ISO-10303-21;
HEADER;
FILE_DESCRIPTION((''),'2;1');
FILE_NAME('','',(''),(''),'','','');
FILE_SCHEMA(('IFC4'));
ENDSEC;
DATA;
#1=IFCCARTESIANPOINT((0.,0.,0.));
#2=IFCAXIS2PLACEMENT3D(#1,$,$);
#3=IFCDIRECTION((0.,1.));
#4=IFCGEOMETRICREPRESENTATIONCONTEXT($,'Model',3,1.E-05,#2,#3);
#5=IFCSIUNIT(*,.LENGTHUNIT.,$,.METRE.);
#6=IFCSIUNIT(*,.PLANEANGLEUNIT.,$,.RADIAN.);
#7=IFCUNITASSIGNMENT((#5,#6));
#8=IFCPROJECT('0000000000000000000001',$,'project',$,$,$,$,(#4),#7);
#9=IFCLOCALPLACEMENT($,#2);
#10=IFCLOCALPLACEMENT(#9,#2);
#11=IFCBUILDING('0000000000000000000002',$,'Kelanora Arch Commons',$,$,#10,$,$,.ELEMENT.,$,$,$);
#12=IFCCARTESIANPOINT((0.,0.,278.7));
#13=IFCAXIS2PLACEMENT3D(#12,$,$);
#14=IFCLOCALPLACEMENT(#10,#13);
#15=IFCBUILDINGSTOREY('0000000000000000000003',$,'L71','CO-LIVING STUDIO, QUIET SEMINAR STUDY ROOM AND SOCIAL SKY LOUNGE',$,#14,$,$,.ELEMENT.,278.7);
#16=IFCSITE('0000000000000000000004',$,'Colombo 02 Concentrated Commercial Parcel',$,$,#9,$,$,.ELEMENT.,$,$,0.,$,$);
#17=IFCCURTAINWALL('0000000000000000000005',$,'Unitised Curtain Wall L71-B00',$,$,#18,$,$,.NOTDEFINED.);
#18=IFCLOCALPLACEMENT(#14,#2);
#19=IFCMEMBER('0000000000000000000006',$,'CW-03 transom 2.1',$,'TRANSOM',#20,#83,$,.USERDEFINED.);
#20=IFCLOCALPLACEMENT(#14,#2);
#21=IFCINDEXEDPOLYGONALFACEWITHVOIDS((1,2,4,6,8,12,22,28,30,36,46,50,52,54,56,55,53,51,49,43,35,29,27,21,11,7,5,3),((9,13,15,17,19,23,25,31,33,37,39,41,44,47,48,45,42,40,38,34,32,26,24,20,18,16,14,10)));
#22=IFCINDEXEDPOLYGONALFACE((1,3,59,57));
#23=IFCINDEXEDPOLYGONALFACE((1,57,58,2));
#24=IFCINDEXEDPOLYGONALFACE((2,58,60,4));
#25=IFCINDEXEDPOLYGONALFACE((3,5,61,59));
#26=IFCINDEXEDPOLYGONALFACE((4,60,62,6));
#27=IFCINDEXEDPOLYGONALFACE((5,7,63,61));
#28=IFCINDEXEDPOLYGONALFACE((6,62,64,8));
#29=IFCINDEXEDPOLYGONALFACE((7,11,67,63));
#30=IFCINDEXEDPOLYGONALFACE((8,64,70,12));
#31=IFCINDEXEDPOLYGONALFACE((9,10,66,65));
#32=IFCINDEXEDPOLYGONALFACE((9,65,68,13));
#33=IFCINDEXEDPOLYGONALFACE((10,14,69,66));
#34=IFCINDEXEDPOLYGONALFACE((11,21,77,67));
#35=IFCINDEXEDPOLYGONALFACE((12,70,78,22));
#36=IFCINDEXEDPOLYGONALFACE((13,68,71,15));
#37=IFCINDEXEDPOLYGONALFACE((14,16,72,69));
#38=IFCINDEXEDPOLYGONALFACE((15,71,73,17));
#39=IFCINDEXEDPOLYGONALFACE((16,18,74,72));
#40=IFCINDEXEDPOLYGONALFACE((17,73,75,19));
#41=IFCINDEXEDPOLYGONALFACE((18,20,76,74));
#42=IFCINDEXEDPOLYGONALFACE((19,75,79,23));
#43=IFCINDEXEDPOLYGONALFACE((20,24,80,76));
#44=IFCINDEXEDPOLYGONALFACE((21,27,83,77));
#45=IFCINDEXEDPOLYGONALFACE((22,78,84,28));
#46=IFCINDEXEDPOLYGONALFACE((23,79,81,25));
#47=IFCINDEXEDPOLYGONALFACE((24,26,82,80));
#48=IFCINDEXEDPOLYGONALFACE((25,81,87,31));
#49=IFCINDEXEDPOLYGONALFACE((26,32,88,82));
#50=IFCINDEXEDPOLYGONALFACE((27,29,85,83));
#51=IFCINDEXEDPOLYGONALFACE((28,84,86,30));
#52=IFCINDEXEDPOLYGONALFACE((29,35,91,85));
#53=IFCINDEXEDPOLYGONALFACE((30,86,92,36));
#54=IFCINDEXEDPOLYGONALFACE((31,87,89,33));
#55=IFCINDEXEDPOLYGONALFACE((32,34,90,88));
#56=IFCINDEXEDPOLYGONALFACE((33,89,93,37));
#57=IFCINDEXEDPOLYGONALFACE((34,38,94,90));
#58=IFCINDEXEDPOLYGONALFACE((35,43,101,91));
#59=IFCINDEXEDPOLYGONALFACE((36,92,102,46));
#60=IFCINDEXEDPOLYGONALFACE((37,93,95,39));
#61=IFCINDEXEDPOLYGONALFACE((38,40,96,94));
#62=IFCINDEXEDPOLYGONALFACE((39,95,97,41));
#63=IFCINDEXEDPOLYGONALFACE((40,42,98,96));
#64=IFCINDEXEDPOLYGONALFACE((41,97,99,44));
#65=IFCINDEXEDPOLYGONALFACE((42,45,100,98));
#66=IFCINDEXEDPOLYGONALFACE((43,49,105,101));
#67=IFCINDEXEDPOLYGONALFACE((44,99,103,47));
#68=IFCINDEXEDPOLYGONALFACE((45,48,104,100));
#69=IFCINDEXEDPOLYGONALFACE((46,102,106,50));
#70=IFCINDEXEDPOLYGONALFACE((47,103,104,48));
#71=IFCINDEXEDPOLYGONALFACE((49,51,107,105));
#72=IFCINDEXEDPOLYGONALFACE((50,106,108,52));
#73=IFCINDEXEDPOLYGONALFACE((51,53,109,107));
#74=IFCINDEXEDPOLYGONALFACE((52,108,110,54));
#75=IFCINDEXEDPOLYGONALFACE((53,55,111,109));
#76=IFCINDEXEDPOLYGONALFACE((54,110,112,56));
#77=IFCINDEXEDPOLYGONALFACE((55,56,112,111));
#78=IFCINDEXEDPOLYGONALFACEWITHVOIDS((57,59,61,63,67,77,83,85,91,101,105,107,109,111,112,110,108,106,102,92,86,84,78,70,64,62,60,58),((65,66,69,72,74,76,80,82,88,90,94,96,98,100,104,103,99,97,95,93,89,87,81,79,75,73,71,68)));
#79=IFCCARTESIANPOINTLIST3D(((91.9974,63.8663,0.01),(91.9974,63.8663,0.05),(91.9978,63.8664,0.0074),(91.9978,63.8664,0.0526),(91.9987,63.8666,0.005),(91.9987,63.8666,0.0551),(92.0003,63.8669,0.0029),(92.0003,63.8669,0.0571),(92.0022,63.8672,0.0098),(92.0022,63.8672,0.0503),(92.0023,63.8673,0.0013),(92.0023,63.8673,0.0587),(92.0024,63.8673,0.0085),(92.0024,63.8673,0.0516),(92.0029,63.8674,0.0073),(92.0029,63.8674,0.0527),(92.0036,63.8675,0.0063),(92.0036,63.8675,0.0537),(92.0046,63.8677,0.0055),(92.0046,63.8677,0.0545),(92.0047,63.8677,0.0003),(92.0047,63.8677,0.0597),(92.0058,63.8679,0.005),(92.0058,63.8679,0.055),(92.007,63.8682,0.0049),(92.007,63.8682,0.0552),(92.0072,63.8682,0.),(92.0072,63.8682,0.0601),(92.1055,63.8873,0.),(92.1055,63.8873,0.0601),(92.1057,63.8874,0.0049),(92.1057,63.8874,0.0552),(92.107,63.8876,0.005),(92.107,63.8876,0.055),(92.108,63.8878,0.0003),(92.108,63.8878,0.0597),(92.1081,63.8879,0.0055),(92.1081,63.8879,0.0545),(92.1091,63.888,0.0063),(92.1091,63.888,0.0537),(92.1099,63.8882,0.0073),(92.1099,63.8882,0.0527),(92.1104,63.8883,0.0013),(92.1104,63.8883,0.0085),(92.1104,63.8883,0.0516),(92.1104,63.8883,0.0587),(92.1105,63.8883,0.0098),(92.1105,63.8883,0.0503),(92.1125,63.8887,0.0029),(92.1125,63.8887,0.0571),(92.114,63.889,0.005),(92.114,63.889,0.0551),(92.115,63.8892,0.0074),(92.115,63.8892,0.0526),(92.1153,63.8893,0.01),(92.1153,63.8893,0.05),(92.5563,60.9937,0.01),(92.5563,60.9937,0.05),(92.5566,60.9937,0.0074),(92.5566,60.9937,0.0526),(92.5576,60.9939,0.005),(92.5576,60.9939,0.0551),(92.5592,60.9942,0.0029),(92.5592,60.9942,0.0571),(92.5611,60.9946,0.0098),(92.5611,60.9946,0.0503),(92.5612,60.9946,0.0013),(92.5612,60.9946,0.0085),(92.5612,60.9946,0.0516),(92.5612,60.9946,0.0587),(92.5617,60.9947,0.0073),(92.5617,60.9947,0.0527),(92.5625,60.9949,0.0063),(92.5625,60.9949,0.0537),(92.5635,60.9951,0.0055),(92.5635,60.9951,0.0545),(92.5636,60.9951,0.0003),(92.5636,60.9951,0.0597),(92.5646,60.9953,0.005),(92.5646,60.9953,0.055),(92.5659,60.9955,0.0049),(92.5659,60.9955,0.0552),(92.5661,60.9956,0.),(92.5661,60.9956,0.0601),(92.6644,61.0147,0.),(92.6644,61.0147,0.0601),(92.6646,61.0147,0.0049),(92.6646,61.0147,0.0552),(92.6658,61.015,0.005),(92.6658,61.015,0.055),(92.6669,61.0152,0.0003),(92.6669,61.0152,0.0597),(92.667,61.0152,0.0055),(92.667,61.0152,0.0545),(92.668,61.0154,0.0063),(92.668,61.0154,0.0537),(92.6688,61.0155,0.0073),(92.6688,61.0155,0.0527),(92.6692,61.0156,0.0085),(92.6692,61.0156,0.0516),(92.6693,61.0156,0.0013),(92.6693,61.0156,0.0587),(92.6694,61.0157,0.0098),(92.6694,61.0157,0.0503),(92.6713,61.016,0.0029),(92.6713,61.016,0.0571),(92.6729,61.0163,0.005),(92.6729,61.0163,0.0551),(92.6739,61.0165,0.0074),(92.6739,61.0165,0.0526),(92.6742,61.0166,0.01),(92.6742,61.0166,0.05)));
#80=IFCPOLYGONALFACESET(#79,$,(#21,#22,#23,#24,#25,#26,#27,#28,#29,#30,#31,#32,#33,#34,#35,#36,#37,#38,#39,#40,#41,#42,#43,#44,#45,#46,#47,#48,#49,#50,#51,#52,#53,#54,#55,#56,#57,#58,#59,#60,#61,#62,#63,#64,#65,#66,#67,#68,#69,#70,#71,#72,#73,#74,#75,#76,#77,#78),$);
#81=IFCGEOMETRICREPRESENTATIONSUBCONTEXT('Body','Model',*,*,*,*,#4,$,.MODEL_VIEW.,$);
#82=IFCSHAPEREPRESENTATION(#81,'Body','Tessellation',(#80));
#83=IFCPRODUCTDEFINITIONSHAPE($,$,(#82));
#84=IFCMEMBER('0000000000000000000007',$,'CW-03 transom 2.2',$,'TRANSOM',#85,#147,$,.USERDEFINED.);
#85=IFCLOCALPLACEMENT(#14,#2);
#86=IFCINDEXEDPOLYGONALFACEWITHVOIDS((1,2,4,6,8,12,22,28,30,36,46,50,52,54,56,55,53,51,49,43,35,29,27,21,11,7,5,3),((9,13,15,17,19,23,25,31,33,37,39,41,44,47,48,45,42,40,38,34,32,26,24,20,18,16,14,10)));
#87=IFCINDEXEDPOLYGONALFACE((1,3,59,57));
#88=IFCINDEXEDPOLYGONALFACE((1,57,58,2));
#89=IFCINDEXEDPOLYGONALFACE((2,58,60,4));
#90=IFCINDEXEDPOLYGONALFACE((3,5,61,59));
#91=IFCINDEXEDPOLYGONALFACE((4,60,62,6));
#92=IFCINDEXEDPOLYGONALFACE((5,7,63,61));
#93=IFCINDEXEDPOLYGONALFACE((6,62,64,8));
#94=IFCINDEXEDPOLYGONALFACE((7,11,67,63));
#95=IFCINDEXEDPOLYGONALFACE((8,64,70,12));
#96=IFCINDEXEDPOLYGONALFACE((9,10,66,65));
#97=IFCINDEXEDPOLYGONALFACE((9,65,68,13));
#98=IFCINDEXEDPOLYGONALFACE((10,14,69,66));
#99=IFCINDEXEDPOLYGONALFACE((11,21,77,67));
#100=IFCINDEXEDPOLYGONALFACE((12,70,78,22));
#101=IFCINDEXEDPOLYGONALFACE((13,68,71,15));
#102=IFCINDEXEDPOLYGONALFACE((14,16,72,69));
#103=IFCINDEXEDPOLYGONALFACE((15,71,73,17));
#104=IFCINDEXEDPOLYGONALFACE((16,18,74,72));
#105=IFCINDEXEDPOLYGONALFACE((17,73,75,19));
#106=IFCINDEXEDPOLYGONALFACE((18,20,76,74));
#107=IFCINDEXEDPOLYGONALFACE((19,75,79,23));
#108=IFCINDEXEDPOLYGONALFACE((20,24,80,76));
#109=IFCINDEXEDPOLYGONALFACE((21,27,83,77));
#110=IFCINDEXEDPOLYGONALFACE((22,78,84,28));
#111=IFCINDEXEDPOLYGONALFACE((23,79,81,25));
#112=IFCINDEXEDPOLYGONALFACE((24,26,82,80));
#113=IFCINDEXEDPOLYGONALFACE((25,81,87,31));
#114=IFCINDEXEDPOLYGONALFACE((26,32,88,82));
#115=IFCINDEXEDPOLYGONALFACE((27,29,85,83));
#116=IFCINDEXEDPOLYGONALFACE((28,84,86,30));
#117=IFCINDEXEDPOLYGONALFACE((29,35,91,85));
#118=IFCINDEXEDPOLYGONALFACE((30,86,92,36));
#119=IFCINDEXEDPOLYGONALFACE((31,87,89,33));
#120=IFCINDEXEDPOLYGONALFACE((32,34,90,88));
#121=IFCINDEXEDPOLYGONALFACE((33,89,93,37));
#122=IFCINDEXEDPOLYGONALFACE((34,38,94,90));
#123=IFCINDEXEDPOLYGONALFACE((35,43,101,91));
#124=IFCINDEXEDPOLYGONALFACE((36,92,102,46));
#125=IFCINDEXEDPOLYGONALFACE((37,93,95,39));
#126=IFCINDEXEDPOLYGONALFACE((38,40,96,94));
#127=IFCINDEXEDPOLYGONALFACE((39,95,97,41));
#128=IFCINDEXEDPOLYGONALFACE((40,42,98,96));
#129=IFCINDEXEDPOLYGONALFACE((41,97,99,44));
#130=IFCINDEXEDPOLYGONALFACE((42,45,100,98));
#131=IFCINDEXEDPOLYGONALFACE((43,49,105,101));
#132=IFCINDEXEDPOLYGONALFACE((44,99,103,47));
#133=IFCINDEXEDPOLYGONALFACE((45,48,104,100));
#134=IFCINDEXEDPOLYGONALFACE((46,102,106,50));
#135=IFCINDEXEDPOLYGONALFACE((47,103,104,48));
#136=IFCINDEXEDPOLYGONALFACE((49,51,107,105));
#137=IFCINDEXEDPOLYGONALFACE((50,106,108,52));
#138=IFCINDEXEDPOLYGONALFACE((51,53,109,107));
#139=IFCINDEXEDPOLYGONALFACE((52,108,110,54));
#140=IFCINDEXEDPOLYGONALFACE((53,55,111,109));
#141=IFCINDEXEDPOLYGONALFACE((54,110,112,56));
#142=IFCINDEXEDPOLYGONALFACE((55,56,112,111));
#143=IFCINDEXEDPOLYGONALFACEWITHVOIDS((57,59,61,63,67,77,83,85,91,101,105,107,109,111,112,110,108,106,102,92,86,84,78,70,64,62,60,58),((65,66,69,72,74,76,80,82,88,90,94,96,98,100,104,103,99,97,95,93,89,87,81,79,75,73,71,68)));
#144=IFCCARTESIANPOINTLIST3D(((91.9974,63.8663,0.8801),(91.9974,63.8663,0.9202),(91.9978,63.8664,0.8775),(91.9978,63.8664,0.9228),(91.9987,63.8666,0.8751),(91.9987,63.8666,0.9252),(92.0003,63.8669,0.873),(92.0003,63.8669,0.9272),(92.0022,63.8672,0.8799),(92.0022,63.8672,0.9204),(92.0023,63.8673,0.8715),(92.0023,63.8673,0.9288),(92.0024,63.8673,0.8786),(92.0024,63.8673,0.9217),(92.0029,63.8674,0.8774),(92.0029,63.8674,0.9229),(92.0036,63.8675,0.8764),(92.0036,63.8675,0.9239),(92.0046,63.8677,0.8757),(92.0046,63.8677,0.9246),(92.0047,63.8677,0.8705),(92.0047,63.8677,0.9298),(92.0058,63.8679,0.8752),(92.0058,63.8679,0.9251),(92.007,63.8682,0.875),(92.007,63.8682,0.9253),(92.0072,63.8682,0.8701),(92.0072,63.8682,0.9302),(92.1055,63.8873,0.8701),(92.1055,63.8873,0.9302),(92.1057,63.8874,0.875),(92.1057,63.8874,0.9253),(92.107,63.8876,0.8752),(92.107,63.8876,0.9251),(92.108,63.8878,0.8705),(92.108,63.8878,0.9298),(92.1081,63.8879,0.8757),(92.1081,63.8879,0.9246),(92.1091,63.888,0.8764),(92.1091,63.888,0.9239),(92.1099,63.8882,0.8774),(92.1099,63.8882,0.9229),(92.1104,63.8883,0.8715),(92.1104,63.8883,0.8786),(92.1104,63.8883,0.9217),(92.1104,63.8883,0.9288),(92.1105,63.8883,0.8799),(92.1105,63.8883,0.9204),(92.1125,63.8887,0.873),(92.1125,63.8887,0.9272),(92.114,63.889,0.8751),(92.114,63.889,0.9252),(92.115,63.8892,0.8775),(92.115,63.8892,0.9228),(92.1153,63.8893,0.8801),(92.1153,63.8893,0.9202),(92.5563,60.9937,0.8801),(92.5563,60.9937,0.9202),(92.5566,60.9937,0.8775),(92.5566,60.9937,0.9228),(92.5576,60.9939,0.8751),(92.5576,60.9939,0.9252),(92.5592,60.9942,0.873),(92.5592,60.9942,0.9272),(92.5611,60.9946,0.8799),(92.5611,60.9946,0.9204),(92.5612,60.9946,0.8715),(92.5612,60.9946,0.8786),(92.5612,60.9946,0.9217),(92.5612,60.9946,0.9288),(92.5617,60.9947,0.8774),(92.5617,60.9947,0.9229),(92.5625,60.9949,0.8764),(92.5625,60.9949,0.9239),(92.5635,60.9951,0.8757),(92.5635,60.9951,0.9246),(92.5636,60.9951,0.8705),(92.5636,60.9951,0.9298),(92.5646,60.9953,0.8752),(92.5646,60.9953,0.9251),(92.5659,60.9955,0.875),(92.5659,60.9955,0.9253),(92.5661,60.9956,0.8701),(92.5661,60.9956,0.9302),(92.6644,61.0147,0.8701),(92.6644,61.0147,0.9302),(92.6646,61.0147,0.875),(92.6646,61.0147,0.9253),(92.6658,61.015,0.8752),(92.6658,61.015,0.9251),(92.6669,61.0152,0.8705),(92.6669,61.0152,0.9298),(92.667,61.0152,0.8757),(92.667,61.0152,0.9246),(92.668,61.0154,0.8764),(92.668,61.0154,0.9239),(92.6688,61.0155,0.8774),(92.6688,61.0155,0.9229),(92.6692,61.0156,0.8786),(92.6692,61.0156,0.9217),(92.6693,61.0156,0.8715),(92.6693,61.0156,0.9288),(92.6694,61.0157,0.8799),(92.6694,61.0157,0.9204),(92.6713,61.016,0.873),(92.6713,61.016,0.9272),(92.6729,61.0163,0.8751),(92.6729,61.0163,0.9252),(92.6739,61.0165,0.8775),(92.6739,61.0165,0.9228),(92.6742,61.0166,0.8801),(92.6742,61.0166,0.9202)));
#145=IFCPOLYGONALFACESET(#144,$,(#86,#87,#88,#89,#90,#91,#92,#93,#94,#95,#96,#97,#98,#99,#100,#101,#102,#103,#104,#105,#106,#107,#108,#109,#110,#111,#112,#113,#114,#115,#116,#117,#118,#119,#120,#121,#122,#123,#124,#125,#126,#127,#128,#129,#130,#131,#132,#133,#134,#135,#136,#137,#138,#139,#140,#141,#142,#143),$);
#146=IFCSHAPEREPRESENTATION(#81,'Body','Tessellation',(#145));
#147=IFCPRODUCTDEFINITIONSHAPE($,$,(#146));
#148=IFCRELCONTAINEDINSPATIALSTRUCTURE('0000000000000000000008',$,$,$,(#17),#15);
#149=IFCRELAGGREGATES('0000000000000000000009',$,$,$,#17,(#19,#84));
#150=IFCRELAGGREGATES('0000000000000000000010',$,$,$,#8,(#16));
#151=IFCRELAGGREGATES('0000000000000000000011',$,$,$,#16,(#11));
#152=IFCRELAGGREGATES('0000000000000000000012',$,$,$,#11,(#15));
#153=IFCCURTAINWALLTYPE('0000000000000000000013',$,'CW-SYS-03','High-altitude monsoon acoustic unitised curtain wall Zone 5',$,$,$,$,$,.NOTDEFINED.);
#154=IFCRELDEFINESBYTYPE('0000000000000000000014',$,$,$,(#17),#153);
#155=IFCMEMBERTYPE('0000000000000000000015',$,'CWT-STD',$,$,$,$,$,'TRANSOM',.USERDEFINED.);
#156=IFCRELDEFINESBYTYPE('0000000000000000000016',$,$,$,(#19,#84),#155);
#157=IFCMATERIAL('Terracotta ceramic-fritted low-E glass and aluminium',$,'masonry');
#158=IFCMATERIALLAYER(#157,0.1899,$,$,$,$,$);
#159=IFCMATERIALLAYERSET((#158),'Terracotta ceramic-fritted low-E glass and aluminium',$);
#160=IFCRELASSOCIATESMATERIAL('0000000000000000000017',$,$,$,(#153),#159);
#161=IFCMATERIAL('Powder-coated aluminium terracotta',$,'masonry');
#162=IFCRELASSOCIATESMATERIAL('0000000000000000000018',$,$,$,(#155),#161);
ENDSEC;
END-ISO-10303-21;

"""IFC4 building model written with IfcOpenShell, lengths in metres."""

from ifc_helpers import new_model, si_unit, direction, frame, origin, origin_2d, place, context, subcontext, project, spatial, hollow_rectangle, extrude, material, layer, layer_set, material_profile, profile_set, type_object, element, aggregate, save


model = new_model("IFC4")

# Units and contexts
model_context = context("Model", 3, precision=1e-05, world=origin(), true_north=direction((0.0, 1.0)))
body_context = subcontext(model_context, "Body", "Model", "MODEL_VIEW")
ifc_project = project(units=[si_unit("LENGTHUNIT", "METRE"), si_unit("PLANEANGLEUNIT", "RADIAN")], contexts=[model_context])

# Site, building, storey
site_placement = place(None, origin())
site = spatial("IfcSite", under=ifc_project, at=site_placement, Name="Colombo 02 Concentrated Commercial Parcel", CompositionType="ELEMENT", RefElevation=0.0)
building_placement = place(site_placement, origin())
building = spatial("IfcBuilding", under=site, at=building_placement, Name="Kelanora Arch Commons", CompositionType="ELEMENT")
storey_placement = place(building_placement, frame((0.0, 0.0, 278.7)))
storey = spatial("IfcBuildingStorey", under=building, at=storey_placement, Name="L71", Description="CO-LIVING STUDIO, QUIET SEMINAR STUDY ROOM AND SOCIAL SKY LOUNGE", CompositionType="ELEMENT", Elevation=278.7)

# Curtain wall, members
ifc_material_1 = material(Name="Terracotta ceramic-fritted low-E glass and aluminium", Category="masonry")
ifc_layer_1 = layer(ifc_material_1, 0.1899)
ifc_layer_set_1 = layer_set([ifc_layer_1], Name="Terracotta ceramic-fritted low-E glass and aluminium")
curtain_wall_type = type_object("IfcCurtainWallType", Name="CW-SYS-03", Description="High-altitude monsoon acoustic unitised curtain wall Zone 5", PredefinedType="NOTDEFINED", material=ifc_layer_set_1)
curtain_wall_placement = place(storey_placement, origin())
curtain_wall = element("IfcCurtainWall", 1, at=curtain_wall_placement, inside=storey, type_object=curtain_wall_type, Name="Unitised Curtain Wall L71-B00", PredefinedType="NOTDEFINED")
ifc_material_2 = material(Name="Powder-coated aluminium terracotta", Category="masonry")
ifc_material_profile_1 = material_profile(ifc_material_2, hollow_rectangle(XDim=0.1201, YDim=0.0601, WallThickness=0.0049, InnerFilletRadius=0.0049, OuterFilletRadius=0.01, at=origin_2d()), Name="CWT120x60")
ifc_profile_set_1 = profile_set([ifc_material_profile_1], Name="Powder-coated aluminium terracotta")
member_type_1 = type_object("IfcMemberType", Name="CWT-STD", ElementType="TRANSOM", PredefinedType="USERDEFINED", material=ifc_profile_set_1)
member_1_placement = place(storey_placement, frame((92.6152, 61.0051, 0.03), z_axis=(-0.190963, 0.981597, 0.0), x_axis=(-0.981597, -0.190963, 0.0)))
member_1 = element("IfcMember", 2, at=member_1_placement, type_object=member_type_1, Name="CW-03 transom 2.1", ObjectType="TRANSOM", PredefinedType="USERDEFINED", context=body_context, shape_type="SweptSolid", body=[
    extrude(hollow_rectangle(XDim=0.1201, YDim=0.0601, WallThickness=0.0049, InnerFilletRadius=0.0049, OuterFilletRadius=0.01, at=origin_2d()), origin(), (0.0, 0.0, 1.0), 2.9265),
])
member_2_placement = place(storey_placement, frame((92.6152, 61.0051, 0.9001), z_axis=(-0.190963, 0.981597, 0.0), x_axis=(-0.981597, -0.190963, 0.0)))
member_2 = element("IfcMember", 3, at=member_2_placement, type_object=member_type_1, Name="CW-03 transom 2.2", ObjectType="TRANSOM", PredefinedType="USERDEFINED", context=body_context, shape_type="SweptSolid", body=[
    extrude(hollow_rectangle(XDim=0.1201, YDim=0.0601, WallThickness=0.0049, InnerFilletRadius=0.0049, OuterFilletRadius=0.01, at=origin_2d()), origin(), (0.0, 0.0, 1.0), 2.9265),
])
aggregate(curtain_wall, [member_1, member_2])

save(model, "model.ifc")
